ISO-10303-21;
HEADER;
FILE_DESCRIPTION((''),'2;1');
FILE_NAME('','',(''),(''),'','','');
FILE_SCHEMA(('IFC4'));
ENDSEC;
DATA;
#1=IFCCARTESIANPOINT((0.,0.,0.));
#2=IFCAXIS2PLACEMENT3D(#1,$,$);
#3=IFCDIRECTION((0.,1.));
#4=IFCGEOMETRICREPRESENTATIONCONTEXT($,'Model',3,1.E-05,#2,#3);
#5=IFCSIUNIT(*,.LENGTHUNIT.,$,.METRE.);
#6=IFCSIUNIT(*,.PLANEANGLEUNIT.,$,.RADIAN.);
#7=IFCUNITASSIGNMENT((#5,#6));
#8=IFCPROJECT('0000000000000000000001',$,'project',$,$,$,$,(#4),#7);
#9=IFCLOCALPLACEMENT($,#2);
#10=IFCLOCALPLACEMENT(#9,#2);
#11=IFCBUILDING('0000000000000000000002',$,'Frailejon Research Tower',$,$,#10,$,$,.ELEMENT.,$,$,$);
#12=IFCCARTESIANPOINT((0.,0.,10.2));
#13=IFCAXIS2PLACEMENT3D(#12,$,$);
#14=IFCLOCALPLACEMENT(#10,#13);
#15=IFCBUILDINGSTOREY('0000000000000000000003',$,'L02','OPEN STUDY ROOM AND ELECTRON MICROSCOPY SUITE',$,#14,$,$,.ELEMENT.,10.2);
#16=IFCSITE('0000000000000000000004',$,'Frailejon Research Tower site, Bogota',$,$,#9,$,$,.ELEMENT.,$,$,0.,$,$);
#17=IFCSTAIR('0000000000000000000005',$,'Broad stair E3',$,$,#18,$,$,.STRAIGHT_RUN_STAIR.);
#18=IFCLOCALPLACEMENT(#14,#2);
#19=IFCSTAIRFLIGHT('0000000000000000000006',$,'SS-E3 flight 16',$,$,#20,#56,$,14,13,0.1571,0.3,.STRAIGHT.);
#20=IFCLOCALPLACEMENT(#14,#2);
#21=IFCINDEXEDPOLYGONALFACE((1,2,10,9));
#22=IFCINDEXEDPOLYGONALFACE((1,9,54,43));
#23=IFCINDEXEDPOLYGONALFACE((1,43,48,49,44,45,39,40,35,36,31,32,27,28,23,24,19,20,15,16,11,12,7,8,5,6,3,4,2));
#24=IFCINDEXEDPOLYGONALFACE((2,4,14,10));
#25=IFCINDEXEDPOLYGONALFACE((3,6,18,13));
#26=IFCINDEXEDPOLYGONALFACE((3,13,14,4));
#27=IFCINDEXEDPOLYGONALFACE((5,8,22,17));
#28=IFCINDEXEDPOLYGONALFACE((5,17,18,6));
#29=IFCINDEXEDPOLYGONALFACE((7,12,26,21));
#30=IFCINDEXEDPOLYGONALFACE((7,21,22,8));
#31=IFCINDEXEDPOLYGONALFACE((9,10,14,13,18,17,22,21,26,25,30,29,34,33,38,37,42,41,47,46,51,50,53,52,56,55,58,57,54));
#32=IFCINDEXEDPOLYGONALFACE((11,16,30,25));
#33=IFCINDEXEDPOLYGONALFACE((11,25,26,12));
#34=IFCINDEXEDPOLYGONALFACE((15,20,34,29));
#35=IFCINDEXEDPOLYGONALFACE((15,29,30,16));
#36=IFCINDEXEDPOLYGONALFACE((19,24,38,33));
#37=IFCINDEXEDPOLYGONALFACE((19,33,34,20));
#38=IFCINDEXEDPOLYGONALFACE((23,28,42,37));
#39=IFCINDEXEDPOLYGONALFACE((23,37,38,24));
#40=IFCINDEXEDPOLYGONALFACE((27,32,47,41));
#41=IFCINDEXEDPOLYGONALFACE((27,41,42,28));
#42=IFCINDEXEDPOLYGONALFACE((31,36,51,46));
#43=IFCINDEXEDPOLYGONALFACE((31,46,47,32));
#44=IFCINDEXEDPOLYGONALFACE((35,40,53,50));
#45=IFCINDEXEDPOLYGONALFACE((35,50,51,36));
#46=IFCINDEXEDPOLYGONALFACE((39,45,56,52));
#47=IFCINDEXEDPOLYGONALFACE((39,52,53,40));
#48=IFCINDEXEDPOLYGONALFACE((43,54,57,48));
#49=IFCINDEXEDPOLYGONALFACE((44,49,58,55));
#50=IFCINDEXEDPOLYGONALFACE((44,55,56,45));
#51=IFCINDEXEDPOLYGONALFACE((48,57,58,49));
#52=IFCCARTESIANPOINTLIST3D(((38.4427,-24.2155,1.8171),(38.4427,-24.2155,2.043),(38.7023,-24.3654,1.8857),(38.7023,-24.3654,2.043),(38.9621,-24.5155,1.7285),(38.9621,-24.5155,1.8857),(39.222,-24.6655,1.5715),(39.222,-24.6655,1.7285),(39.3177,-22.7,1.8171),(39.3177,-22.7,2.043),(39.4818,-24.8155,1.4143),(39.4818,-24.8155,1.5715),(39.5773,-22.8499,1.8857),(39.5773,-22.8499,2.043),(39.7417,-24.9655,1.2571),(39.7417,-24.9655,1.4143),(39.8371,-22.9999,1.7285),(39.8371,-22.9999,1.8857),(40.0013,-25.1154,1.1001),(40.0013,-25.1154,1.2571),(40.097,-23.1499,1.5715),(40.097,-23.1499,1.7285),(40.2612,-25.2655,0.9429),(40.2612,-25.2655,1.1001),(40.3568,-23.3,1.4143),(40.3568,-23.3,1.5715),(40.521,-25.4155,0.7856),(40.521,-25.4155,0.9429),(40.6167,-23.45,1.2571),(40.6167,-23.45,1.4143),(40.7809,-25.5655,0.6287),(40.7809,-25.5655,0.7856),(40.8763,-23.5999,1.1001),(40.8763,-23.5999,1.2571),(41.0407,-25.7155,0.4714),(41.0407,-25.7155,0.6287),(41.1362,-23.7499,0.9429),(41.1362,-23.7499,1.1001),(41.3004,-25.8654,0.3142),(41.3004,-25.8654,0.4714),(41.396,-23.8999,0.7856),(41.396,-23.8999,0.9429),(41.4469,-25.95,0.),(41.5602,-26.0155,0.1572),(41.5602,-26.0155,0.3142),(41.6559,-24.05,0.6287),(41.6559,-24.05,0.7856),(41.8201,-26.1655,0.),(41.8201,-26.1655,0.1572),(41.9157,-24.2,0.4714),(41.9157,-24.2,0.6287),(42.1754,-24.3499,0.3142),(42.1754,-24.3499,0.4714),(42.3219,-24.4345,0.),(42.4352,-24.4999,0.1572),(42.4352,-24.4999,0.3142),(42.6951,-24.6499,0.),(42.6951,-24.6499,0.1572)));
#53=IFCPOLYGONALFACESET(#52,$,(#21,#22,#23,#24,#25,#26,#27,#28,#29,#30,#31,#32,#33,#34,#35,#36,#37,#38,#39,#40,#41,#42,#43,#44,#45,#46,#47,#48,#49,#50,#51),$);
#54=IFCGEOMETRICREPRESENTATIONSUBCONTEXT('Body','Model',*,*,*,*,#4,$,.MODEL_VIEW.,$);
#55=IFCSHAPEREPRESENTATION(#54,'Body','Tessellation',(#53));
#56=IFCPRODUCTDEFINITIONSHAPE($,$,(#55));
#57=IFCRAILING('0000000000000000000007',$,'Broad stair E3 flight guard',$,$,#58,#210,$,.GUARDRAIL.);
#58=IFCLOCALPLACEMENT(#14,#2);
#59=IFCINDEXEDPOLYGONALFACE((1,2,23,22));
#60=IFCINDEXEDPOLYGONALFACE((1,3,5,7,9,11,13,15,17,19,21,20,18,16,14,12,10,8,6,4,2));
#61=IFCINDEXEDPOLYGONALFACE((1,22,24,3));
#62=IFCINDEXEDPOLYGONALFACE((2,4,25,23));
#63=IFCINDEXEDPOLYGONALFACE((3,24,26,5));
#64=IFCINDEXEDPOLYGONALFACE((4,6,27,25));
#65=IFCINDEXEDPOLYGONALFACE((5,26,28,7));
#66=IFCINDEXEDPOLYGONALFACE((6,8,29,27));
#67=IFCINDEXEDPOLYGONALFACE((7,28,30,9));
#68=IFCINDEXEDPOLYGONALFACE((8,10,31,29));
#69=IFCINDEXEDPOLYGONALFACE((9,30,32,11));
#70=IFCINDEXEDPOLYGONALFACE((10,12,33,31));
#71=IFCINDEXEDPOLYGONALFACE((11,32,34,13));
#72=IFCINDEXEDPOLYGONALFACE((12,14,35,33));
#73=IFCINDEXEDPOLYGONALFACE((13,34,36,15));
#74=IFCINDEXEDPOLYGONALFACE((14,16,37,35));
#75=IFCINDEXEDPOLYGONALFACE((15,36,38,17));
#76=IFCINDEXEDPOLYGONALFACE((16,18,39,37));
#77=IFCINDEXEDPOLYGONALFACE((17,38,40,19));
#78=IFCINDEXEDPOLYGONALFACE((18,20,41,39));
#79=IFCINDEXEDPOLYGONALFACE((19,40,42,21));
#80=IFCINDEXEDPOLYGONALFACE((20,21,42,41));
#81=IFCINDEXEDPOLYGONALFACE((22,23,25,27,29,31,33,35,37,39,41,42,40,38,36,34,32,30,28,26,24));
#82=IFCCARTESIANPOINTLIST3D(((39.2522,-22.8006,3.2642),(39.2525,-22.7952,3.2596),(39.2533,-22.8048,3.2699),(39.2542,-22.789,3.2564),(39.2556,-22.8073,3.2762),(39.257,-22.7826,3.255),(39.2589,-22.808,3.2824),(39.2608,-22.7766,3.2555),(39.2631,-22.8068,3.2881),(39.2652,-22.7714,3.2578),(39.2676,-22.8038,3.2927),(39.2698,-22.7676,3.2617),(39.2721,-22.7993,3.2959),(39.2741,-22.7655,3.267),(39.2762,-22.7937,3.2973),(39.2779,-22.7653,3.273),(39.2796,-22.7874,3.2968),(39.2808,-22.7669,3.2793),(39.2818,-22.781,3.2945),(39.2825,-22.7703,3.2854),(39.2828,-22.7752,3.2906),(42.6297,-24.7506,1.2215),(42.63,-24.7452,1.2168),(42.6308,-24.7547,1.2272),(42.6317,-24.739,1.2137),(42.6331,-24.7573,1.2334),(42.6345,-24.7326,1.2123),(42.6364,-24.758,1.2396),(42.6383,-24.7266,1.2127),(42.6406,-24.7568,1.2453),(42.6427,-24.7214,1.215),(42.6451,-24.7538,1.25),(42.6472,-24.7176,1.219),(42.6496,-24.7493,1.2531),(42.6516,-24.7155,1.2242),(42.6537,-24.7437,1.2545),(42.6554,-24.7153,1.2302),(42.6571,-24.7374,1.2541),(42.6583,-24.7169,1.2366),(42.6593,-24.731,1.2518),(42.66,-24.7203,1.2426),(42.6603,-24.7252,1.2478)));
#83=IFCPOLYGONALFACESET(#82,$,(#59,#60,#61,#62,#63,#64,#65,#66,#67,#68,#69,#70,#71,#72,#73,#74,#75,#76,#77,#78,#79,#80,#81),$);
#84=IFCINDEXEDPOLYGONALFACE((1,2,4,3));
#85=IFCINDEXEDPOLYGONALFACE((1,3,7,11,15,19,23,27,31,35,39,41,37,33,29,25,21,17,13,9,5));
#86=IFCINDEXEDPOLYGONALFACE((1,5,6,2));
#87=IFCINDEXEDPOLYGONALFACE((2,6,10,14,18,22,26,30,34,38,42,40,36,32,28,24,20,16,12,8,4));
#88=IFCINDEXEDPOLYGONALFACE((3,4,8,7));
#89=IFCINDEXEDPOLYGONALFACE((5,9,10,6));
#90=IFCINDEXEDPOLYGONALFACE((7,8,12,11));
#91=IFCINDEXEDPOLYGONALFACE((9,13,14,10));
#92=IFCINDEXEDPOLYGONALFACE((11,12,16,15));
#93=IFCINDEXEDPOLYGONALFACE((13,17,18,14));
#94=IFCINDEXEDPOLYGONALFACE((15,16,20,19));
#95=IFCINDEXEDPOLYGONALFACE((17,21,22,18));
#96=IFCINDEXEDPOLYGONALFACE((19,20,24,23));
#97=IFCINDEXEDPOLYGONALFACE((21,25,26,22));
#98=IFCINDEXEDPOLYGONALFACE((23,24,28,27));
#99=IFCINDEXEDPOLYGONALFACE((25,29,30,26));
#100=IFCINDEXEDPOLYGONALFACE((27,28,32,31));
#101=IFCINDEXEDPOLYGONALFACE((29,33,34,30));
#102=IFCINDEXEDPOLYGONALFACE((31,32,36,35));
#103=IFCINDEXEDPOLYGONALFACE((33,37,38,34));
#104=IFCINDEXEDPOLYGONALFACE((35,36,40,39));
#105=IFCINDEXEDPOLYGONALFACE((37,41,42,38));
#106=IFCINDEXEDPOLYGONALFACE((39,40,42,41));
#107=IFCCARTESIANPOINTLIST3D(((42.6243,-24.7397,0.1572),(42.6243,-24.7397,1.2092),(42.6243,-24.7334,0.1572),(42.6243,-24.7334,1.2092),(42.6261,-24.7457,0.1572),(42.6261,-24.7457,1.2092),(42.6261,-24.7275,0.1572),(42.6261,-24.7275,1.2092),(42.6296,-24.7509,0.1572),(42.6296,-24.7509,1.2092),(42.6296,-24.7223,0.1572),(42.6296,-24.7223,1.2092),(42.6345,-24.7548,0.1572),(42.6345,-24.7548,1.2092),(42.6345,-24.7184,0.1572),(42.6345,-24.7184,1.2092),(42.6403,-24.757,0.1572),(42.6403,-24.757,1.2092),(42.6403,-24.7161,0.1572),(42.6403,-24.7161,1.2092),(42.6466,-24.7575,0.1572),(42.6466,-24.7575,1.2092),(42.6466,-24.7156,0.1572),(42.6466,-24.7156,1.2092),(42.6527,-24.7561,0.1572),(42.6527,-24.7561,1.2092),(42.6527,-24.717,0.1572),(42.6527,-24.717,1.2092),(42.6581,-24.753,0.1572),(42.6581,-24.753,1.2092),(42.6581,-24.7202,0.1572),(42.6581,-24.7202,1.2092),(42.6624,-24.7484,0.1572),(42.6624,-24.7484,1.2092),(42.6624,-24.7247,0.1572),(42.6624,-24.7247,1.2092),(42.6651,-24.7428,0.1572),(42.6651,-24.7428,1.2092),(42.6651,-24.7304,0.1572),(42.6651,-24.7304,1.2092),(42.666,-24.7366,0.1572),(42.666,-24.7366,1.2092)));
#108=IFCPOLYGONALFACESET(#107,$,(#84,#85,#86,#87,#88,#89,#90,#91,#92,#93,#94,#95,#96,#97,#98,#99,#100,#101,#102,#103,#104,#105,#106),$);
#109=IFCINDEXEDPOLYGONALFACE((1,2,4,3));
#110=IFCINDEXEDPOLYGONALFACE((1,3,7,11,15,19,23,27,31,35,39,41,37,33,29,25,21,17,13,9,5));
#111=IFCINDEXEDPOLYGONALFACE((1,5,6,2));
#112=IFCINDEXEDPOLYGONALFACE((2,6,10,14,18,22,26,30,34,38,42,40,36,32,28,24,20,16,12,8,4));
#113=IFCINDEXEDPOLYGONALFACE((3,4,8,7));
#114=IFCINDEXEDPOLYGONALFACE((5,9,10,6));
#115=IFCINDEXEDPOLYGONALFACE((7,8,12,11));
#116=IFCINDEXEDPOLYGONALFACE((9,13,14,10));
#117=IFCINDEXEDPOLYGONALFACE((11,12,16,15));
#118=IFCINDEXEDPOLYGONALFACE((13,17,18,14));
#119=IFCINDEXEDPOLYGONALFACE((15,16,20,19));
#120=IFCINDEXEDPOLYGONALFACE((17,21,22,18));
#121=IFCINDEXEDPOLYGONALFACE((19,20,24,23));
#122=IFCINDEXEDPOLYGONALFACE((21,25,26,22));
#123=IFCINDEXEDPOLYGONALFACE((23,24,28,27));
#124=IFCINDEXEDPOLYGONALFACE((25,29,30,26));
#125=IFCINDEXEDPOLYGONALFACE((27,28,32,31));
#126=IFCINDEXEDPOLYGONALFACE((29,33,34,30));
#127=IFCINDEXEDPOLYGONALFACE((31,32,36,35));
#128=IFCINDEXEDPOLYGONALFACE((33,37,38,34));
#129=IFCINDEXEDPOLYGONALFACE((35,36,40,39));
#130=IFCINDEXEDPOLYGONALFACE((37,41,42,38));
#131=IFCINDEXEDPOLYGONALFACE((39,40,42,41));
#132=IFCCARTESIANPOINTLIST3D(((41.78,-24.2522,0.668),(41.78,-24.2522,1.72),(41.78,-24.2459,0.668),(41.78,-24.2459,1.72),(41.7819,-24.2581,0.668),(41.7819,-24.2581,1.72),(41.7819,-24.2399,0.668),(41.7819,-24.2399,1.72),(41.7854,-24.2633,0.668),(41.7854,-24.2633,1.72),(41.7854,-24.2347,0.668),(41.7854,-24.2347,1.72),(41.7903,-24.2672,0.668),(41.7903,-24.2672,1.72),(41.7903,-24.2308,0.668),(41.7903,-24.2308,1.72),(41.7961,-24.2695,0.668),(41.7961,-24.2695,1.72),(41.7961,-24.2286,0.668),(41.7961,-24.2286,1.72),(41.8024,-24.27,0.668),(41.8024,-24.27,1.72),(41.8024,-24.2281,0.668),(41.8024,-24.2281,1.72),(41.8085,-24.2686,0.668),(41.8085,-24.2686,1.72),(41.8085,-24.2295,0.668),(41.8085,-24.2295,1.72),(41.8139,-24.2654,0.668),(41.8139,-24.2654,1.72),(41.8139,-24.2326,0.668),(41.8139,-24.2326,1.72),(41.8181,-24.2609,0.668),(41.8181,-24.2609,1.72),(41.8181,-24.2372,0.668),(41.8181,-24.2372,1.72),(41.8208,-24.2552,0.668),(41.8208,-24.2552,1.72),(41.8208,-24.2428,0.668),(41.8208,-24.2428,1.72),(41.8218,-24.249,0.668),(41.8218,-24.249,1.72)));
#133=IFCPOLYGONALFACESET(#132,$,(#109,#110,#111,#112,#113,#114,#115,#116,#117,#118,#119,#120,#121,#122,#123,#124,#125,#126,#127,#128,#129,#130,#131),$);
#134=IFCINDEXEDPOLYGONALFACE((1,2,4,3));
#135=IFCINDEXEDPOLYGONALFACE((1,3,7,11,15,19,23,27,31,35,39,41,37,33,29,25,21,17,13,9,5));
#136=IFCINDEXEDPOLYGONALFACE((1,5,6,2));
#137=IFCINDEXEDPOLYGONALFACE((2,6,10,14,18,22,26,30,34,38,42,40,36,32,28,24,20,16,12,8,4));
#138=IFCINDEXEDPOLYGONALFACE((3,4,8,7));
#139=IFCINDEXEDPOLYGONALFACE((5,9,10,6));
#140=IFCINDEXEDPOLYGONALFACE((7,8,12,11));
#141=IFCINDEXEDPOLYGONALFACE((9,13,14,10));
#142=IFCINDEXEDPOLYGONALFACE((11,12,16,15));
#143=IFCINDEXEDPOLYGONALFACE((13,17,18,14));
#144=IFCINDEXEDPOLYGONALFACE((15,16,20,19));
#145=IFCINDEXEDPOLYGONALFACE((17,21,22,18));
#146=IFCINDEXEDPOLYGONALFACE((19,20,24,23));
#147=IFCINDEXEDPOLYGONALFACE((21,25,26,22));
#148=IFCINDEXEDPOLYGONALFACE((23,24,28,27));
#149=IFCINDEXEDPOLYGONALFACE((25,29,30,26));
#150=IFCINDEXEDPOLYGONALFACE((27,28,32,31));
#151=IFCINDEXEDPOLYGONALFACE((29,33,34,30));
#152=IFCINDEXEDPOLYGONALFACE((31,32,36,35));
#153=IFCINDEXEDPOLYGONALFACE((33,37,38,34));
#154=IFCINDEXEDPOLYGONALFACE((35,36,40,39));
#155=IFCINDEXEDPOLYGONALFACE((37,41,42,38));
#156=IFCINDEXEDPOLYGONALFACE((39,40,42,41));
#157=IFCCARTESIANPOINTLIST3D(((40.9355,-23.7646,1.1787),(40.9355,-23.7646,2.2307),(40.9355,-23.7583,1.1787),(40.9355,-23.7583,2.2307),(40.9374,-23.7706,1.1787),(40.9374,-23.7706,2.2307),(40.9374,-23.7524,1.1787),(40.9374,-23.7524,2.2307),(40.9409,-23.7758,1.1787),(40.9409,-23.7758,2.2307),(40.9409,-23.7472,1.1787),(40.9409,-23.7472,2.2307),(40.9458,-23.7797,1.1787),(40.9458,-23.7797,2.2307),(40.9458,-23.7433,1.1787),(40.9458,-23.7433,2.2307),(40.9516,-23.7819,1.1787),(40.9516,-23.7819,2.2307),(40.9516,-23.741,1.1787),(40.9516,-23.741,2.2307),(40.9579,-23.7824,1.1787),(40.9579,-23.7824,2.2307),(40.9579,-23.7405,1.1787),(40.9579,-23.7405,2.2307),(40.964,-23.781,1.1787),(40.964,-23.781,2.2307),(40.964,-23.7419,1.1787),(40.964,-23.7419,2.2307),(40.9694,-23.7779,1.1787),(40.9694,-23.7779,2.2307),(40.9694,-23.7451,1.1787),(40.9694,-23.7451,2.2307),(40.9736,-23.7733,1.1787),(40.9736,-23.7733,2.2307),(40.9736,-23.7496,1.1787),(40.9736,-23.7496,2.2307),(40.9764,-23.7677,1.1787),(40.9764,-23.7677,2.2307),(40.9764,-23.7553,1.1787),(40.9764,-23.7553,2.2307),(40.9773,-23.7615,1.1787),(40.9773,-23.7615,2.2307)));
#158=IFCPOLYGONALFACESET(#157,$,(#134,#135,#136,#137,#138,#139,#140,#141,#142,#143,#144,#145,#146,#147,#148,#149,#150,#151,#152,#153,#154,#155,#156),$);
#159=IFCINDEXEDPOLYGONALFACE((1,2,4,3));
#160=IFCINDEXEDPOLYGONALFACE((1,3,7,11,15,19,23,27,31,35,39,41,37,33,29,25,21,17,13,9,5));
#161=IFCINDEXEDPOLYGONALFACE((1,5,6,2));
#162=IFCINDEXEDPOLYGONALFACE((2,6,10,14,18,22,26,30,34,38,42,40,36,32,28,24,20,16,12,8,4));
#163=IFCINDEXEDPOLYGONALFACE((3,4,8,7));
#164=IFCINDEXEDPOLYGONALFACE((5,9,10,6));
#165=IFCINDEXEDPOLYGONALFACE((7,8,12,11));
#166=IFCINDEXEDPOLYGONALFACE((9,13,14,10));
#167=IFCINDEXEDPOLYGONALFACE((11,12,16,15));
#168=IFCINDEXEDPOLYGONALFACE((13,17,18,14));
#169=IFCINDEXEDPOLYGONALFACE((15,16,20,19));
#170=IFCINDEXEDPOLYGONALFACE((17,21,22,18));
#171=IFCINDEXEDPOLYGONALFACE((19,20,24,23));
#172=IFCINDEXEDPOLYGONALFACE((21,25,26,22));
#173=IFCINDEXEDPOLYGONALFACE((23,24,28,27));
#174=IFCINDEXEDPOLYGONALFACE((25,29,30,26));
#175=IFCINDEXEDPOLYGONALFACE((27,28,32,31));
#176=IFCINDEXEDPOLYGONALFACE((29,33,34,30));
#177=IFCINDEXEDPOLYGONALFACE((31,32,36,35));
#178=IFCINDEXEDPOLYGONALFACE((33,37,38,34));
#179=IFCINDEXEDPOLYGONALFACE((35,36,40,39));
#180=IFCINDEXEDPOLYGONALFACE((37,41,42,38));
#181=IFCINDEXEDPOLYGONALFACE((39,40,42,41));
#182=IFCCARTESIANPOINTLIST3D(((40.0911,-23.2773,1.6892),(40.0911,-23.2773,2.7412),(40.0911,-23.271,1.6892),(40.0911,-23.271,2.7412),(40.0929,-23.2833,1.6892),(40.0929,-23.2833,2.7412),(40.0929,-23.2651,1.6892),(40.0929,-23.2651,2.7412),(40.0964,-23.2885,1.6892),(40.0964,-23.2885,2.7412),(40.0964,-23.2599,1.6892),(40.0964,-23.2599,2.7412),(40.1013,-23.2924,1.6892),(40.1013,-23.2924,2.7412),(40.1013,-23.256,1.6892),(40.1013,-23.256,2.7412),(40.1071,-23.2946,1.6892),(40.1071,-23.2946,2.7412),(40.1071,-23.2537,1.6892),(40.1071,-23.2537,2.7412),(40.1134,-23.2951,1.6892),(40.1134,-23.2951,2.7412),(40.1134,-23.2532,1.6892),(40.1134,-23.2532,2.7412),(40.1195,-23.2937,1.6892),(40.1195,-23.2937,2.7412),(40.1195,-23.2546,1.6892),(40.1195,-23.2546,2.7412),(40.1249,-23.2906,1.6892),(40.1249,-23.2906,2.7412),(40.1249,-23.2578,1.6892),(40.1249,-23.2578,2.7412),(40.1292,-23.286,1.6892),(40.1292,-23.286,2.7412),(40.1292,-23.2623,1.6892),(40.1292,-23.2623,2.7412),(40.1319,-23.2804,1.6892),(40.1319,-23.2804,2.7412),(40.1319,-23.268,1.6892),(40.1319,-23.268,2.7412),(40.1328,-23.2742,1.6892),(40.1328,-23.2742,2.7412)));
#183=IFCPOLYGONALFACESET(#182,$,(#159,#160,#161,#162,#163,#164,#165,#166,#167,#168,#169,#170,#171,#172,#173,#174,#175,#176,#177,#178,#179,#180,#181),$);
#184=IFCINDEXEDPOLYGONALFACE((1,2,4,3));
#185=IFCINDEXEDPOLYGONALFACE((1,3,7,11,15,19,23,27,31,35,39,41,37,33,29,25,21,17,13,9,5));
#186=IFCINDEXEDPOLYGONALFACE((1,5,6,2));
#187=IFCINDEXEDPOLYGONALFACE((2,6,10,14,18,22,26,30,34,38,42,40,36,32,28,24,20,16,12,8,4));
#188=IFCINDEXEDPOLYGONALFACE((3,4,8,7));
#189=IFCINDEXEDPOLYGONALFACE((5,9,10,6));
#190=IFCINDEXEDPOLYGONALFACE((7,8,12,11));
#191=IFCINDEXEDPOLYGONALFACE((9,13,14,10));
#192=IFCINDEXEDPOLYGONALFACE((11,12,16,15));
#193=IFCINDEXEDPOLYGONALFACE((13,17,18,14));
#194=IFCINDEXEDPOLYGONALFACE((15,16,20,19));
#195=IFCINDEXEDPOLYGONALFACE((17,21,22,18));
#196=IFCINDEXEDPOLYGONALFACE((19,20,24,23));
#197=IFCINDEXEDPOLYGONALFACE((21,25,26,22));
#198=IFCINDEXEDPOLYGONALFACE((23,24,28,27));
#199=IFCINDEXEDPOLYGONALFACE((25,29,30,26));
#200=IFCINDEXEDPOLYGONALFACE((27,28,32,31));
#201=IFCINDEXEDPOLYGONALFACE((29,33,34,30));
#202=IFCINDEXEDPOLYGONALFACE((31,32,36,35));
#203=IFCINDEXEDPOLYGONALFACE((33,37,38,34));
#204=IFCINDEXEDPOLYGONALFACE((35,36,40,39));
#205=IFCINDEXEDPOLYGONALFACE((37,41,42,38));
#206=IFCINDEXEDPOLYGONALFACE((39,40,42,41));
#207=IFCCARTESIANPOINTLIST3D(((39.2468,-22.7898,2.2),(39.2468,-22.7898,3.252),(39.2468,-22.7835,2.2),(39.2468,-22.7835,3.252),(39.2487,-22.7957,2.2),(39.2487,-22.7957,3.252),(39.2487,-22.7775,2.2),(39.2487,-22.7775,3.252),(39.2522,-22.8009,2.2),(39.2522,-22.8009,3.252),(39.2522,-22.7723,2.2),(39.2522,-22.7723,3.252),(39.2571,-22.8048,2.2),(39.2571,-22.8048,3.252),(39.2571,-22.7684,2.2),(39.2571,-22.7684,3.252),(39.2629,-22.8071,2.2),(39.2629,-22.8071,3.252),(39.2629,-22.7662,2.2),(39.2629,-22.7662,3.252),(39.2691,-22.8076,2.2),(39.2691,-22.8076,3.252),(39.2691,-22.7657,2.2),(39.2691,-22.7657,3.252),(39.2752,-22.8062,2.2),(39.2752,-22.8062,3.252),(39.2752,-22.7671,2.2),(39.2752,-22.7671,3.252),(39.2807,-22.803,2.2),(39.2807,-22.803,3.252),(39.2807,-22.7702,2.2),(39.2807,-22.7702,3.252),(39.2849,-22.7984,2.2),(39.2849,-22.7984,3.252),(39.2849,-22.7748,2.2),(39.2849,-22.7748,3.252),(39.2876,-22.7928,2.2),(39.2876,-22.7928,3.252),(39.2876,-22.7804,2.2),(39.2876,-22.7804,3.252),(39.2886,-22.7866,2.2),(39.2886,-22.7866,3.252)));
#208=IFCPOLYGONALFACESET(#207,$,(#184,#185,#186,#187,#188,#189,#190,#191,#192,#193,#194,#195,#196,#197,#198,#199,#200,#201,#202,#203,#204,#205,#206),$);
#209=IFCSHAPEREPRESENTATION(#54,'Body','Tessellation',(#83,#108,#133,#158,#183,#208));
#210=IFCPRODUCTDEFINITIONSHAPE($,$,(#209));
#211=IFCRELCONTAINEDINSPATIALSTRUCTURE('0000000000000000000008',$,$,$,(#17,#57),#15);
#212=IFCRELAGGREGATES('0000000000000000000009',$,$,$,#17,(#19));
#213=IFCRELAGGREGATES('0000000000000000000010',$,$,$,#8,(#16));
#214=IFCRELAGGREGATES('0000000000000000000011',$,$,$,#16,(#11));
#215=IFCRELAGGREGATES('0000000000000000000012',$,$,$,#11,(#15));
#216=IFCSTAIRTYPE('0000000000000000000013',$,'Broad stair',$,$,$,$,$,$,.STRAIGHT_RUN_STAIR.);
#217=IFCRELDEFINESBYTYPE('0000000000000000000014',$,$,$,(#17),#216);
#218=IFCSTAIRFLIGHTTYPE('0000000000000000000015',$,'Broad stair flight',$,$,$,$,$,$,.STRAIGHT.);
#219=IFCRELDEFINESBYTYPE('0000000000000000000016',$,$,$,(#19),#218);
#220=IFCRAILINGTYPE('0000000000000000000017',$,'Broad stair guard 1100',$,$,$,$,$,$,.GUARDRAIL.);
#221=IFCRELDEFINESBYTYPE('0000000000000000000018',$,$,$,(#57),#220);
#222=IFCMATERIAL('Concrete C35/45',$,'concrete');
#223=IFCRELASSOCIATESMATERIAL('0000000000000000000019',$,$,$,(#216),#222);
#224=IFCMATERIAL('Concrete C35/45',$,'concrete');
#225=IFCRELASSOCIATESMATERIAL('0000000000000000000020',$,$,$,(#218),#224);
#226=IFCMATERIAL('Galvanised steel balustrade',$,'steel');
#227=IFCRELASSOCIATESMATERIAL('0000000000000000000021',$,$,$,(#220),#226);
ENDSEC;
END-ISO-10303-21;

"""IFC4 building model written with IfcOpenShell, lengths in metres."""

from ifc_helpers import new_model, si_unit, direction, frame, origin, origin_2d, place, context, subcontext, project, spatial, polyline, circle, outline, extrude, material, type_object, element, aggregate, save


model = new_model("IFC4")

# Units and contexts
model_context = context("Model", 3, precision=1e-05, world=origin(), true_north=direction((0.0, 1.0)))
body_context = subcontext(model_context, "Body", "Model", "MODEL_VIEW")
ifc_project = project(units=[si_unit("LENGTHUNIT", "METRE"), si_unit("PLANEANGLEUNIT", "RADIAN")], contexts=[model_context])

# Site, building, storey
site_placement = place(None, origin())
site = spatial("IfcSite", under=ifc_project, at=site_placement, Name="Frailejon Research Tower site, Bogota", CompositionType="ELEMENT", RefElevation=0.0)
building_placement = place(site_placement, origin())
building = spatial("IfcBuilding", under=site, at=building_placement, Name="Frailejon Research Tower", CompositionType="ELEMENT")
storey_placement = place(building_placement, frame((0.0, 0.0, 10.2)))
storey = spatial("IfcBuildingStorey", under=building, at=storey_placement, Name="L02", Description="OPEN STUDY ROOM AND ELECTRON MICROSCOPY SUITE", CompositionType="ELEMENT", Elevation=10.2)

# Stair, stair flight
ifc_material_1 = material(Name="Concrete C35/45", Category="concrete")
stair_type = type_object("IfcStairType", Name="Broad stair", PredefinedType="STRAIGHT_RUN_STAIR", material=ifc_material_1)
stair_placement = place(storey_placement, origin())
stair = element("IfcStair", 1, at=stair_placement, inside=storey, type_object=stair_type, Name="Broad stair E3", PredefinedType="STRAIGHT_RUN_STAIR")
ifc_material_2 = material(Name="Concrete C35/45", Category="concrete")
stair_flight_type = type_object("IfcStairFlightType", Name="Broad stair flight", PredefinedType="STRAIGHT", material=ifc_material_2)
stair_flight_1_placement = place(storey_placement, frame((42.2576, -25.4077, 0.0), z_axis=(0.0, 0.0, 1.0), x_axis=(-0.866025, 0.5, 0.0)))
stair_flight_1 = element("IfcStairFlight", 2, at=stair_flight_1_placement, type_object=stair_flight_type, Name="SS-E3 flight 16", NumberOfRisers=14, NumberOfTreads=13, PredefinedType="STRAIGHT", RiserHeight=0.1571, TreadLength=0.3, context=body_context, shape_type="SweptSolid", body=[
    extrude(outline(polyline([(0.0, 0.0), (0.0, 0.1572), (0.3, 0.1572), (0.3, 0.3142), (0.6001, 0.3142), (0.6001, 0.4714), (0.8999, 0.4714), (0.8999, 0.6287), (1.2, 0.6287), (1.2, 0.7856), (1.5, 0.7856), (1.5, 0.9429), (1.8, 0.9429), (1.8, 1.1001), (2.1001, 1.1001), (2.1001, 1.2571), (2.3999, 1.2571), (2.3999, 1.4143), (2.7, 1.4143), (2.7, 1.5715), (3.0, 1.5715), (3.0, 1.7285), (3.3, 1.7285), (3.3, 1.8857), (3.6001, 1.8857), (3.6001, 2.043), (3.8999, 2.043), (3.8999, 2.2), (3.8999, 1.8171), (0.4309, 0.0), (0.0, 0.0)])), frame((0.0, 0.875, 0.0), z_axis=(0.0, -1.0, 0.0), x_axis=(1.0, 0.0, 0.0)), (0.0, 0.0, 1.0), 1.75),
])
aggregate(stair, [stair_flight_1])

# Railing
ifc_material_3 = material(Name="Galvanised steel balustrade", Category="steel")
railing_type_1 = type_object("IfcRailingType", Name="Broad stair guard 1100", PredefinedType="GUARDRAIL", material=ifc_material_3)
railing_1_placement = place(storey_placement, frame((42.645, -24.7366, 0.1572)))
element("IfcRailing", 3, at=railing_1_placement, inside=storey, type_object=railing_type_1, Name="Broad stair E3 flight guard", PredefinedType="GUARDRAIL", context=body_context, shape_type="SweptSolid", body=[
    extrude(circle(Radius=0.0239, at=origin_2d()), frame((0.0, 0.0, 1.0762), z_axis=(-0.767162, 0.442917, 0.46399), x_axis=(-0.499997, -0.866027, 0.0)), (0.0, 0.0, 1.0), 4.4026),
    extrude(circle(Radius=0.021, at=origin_2d()), origin(), (0.0, 0.0, 1.0), 1.052),
    extrude(circle(Radius=0.021, at=origin_2d()), frame((-0.8442, 0.4875, 0.5107)), (0.0, 0.0, 1.0), 1.052),
    extrude(circle(Radius=0.021, at=origin_2d()), frame((-1.6887, 0.9751, 1.0215)), (0.0, 0.0, 1.0), 1.052),
    extrude(circle(Radius=0.021, at=origin_2d()), frame((-2.5332, 1.4624, 1.532)), (0.0, 0.0, 1.0), 1.052),
    extrude(circle(Radius=0.021, at=origin_2d()), frame((-3.3774, 1.95, 2.0427)), (0.0, 0.0, 1.0), 1.052),
])

save(model, "model.ifc")
